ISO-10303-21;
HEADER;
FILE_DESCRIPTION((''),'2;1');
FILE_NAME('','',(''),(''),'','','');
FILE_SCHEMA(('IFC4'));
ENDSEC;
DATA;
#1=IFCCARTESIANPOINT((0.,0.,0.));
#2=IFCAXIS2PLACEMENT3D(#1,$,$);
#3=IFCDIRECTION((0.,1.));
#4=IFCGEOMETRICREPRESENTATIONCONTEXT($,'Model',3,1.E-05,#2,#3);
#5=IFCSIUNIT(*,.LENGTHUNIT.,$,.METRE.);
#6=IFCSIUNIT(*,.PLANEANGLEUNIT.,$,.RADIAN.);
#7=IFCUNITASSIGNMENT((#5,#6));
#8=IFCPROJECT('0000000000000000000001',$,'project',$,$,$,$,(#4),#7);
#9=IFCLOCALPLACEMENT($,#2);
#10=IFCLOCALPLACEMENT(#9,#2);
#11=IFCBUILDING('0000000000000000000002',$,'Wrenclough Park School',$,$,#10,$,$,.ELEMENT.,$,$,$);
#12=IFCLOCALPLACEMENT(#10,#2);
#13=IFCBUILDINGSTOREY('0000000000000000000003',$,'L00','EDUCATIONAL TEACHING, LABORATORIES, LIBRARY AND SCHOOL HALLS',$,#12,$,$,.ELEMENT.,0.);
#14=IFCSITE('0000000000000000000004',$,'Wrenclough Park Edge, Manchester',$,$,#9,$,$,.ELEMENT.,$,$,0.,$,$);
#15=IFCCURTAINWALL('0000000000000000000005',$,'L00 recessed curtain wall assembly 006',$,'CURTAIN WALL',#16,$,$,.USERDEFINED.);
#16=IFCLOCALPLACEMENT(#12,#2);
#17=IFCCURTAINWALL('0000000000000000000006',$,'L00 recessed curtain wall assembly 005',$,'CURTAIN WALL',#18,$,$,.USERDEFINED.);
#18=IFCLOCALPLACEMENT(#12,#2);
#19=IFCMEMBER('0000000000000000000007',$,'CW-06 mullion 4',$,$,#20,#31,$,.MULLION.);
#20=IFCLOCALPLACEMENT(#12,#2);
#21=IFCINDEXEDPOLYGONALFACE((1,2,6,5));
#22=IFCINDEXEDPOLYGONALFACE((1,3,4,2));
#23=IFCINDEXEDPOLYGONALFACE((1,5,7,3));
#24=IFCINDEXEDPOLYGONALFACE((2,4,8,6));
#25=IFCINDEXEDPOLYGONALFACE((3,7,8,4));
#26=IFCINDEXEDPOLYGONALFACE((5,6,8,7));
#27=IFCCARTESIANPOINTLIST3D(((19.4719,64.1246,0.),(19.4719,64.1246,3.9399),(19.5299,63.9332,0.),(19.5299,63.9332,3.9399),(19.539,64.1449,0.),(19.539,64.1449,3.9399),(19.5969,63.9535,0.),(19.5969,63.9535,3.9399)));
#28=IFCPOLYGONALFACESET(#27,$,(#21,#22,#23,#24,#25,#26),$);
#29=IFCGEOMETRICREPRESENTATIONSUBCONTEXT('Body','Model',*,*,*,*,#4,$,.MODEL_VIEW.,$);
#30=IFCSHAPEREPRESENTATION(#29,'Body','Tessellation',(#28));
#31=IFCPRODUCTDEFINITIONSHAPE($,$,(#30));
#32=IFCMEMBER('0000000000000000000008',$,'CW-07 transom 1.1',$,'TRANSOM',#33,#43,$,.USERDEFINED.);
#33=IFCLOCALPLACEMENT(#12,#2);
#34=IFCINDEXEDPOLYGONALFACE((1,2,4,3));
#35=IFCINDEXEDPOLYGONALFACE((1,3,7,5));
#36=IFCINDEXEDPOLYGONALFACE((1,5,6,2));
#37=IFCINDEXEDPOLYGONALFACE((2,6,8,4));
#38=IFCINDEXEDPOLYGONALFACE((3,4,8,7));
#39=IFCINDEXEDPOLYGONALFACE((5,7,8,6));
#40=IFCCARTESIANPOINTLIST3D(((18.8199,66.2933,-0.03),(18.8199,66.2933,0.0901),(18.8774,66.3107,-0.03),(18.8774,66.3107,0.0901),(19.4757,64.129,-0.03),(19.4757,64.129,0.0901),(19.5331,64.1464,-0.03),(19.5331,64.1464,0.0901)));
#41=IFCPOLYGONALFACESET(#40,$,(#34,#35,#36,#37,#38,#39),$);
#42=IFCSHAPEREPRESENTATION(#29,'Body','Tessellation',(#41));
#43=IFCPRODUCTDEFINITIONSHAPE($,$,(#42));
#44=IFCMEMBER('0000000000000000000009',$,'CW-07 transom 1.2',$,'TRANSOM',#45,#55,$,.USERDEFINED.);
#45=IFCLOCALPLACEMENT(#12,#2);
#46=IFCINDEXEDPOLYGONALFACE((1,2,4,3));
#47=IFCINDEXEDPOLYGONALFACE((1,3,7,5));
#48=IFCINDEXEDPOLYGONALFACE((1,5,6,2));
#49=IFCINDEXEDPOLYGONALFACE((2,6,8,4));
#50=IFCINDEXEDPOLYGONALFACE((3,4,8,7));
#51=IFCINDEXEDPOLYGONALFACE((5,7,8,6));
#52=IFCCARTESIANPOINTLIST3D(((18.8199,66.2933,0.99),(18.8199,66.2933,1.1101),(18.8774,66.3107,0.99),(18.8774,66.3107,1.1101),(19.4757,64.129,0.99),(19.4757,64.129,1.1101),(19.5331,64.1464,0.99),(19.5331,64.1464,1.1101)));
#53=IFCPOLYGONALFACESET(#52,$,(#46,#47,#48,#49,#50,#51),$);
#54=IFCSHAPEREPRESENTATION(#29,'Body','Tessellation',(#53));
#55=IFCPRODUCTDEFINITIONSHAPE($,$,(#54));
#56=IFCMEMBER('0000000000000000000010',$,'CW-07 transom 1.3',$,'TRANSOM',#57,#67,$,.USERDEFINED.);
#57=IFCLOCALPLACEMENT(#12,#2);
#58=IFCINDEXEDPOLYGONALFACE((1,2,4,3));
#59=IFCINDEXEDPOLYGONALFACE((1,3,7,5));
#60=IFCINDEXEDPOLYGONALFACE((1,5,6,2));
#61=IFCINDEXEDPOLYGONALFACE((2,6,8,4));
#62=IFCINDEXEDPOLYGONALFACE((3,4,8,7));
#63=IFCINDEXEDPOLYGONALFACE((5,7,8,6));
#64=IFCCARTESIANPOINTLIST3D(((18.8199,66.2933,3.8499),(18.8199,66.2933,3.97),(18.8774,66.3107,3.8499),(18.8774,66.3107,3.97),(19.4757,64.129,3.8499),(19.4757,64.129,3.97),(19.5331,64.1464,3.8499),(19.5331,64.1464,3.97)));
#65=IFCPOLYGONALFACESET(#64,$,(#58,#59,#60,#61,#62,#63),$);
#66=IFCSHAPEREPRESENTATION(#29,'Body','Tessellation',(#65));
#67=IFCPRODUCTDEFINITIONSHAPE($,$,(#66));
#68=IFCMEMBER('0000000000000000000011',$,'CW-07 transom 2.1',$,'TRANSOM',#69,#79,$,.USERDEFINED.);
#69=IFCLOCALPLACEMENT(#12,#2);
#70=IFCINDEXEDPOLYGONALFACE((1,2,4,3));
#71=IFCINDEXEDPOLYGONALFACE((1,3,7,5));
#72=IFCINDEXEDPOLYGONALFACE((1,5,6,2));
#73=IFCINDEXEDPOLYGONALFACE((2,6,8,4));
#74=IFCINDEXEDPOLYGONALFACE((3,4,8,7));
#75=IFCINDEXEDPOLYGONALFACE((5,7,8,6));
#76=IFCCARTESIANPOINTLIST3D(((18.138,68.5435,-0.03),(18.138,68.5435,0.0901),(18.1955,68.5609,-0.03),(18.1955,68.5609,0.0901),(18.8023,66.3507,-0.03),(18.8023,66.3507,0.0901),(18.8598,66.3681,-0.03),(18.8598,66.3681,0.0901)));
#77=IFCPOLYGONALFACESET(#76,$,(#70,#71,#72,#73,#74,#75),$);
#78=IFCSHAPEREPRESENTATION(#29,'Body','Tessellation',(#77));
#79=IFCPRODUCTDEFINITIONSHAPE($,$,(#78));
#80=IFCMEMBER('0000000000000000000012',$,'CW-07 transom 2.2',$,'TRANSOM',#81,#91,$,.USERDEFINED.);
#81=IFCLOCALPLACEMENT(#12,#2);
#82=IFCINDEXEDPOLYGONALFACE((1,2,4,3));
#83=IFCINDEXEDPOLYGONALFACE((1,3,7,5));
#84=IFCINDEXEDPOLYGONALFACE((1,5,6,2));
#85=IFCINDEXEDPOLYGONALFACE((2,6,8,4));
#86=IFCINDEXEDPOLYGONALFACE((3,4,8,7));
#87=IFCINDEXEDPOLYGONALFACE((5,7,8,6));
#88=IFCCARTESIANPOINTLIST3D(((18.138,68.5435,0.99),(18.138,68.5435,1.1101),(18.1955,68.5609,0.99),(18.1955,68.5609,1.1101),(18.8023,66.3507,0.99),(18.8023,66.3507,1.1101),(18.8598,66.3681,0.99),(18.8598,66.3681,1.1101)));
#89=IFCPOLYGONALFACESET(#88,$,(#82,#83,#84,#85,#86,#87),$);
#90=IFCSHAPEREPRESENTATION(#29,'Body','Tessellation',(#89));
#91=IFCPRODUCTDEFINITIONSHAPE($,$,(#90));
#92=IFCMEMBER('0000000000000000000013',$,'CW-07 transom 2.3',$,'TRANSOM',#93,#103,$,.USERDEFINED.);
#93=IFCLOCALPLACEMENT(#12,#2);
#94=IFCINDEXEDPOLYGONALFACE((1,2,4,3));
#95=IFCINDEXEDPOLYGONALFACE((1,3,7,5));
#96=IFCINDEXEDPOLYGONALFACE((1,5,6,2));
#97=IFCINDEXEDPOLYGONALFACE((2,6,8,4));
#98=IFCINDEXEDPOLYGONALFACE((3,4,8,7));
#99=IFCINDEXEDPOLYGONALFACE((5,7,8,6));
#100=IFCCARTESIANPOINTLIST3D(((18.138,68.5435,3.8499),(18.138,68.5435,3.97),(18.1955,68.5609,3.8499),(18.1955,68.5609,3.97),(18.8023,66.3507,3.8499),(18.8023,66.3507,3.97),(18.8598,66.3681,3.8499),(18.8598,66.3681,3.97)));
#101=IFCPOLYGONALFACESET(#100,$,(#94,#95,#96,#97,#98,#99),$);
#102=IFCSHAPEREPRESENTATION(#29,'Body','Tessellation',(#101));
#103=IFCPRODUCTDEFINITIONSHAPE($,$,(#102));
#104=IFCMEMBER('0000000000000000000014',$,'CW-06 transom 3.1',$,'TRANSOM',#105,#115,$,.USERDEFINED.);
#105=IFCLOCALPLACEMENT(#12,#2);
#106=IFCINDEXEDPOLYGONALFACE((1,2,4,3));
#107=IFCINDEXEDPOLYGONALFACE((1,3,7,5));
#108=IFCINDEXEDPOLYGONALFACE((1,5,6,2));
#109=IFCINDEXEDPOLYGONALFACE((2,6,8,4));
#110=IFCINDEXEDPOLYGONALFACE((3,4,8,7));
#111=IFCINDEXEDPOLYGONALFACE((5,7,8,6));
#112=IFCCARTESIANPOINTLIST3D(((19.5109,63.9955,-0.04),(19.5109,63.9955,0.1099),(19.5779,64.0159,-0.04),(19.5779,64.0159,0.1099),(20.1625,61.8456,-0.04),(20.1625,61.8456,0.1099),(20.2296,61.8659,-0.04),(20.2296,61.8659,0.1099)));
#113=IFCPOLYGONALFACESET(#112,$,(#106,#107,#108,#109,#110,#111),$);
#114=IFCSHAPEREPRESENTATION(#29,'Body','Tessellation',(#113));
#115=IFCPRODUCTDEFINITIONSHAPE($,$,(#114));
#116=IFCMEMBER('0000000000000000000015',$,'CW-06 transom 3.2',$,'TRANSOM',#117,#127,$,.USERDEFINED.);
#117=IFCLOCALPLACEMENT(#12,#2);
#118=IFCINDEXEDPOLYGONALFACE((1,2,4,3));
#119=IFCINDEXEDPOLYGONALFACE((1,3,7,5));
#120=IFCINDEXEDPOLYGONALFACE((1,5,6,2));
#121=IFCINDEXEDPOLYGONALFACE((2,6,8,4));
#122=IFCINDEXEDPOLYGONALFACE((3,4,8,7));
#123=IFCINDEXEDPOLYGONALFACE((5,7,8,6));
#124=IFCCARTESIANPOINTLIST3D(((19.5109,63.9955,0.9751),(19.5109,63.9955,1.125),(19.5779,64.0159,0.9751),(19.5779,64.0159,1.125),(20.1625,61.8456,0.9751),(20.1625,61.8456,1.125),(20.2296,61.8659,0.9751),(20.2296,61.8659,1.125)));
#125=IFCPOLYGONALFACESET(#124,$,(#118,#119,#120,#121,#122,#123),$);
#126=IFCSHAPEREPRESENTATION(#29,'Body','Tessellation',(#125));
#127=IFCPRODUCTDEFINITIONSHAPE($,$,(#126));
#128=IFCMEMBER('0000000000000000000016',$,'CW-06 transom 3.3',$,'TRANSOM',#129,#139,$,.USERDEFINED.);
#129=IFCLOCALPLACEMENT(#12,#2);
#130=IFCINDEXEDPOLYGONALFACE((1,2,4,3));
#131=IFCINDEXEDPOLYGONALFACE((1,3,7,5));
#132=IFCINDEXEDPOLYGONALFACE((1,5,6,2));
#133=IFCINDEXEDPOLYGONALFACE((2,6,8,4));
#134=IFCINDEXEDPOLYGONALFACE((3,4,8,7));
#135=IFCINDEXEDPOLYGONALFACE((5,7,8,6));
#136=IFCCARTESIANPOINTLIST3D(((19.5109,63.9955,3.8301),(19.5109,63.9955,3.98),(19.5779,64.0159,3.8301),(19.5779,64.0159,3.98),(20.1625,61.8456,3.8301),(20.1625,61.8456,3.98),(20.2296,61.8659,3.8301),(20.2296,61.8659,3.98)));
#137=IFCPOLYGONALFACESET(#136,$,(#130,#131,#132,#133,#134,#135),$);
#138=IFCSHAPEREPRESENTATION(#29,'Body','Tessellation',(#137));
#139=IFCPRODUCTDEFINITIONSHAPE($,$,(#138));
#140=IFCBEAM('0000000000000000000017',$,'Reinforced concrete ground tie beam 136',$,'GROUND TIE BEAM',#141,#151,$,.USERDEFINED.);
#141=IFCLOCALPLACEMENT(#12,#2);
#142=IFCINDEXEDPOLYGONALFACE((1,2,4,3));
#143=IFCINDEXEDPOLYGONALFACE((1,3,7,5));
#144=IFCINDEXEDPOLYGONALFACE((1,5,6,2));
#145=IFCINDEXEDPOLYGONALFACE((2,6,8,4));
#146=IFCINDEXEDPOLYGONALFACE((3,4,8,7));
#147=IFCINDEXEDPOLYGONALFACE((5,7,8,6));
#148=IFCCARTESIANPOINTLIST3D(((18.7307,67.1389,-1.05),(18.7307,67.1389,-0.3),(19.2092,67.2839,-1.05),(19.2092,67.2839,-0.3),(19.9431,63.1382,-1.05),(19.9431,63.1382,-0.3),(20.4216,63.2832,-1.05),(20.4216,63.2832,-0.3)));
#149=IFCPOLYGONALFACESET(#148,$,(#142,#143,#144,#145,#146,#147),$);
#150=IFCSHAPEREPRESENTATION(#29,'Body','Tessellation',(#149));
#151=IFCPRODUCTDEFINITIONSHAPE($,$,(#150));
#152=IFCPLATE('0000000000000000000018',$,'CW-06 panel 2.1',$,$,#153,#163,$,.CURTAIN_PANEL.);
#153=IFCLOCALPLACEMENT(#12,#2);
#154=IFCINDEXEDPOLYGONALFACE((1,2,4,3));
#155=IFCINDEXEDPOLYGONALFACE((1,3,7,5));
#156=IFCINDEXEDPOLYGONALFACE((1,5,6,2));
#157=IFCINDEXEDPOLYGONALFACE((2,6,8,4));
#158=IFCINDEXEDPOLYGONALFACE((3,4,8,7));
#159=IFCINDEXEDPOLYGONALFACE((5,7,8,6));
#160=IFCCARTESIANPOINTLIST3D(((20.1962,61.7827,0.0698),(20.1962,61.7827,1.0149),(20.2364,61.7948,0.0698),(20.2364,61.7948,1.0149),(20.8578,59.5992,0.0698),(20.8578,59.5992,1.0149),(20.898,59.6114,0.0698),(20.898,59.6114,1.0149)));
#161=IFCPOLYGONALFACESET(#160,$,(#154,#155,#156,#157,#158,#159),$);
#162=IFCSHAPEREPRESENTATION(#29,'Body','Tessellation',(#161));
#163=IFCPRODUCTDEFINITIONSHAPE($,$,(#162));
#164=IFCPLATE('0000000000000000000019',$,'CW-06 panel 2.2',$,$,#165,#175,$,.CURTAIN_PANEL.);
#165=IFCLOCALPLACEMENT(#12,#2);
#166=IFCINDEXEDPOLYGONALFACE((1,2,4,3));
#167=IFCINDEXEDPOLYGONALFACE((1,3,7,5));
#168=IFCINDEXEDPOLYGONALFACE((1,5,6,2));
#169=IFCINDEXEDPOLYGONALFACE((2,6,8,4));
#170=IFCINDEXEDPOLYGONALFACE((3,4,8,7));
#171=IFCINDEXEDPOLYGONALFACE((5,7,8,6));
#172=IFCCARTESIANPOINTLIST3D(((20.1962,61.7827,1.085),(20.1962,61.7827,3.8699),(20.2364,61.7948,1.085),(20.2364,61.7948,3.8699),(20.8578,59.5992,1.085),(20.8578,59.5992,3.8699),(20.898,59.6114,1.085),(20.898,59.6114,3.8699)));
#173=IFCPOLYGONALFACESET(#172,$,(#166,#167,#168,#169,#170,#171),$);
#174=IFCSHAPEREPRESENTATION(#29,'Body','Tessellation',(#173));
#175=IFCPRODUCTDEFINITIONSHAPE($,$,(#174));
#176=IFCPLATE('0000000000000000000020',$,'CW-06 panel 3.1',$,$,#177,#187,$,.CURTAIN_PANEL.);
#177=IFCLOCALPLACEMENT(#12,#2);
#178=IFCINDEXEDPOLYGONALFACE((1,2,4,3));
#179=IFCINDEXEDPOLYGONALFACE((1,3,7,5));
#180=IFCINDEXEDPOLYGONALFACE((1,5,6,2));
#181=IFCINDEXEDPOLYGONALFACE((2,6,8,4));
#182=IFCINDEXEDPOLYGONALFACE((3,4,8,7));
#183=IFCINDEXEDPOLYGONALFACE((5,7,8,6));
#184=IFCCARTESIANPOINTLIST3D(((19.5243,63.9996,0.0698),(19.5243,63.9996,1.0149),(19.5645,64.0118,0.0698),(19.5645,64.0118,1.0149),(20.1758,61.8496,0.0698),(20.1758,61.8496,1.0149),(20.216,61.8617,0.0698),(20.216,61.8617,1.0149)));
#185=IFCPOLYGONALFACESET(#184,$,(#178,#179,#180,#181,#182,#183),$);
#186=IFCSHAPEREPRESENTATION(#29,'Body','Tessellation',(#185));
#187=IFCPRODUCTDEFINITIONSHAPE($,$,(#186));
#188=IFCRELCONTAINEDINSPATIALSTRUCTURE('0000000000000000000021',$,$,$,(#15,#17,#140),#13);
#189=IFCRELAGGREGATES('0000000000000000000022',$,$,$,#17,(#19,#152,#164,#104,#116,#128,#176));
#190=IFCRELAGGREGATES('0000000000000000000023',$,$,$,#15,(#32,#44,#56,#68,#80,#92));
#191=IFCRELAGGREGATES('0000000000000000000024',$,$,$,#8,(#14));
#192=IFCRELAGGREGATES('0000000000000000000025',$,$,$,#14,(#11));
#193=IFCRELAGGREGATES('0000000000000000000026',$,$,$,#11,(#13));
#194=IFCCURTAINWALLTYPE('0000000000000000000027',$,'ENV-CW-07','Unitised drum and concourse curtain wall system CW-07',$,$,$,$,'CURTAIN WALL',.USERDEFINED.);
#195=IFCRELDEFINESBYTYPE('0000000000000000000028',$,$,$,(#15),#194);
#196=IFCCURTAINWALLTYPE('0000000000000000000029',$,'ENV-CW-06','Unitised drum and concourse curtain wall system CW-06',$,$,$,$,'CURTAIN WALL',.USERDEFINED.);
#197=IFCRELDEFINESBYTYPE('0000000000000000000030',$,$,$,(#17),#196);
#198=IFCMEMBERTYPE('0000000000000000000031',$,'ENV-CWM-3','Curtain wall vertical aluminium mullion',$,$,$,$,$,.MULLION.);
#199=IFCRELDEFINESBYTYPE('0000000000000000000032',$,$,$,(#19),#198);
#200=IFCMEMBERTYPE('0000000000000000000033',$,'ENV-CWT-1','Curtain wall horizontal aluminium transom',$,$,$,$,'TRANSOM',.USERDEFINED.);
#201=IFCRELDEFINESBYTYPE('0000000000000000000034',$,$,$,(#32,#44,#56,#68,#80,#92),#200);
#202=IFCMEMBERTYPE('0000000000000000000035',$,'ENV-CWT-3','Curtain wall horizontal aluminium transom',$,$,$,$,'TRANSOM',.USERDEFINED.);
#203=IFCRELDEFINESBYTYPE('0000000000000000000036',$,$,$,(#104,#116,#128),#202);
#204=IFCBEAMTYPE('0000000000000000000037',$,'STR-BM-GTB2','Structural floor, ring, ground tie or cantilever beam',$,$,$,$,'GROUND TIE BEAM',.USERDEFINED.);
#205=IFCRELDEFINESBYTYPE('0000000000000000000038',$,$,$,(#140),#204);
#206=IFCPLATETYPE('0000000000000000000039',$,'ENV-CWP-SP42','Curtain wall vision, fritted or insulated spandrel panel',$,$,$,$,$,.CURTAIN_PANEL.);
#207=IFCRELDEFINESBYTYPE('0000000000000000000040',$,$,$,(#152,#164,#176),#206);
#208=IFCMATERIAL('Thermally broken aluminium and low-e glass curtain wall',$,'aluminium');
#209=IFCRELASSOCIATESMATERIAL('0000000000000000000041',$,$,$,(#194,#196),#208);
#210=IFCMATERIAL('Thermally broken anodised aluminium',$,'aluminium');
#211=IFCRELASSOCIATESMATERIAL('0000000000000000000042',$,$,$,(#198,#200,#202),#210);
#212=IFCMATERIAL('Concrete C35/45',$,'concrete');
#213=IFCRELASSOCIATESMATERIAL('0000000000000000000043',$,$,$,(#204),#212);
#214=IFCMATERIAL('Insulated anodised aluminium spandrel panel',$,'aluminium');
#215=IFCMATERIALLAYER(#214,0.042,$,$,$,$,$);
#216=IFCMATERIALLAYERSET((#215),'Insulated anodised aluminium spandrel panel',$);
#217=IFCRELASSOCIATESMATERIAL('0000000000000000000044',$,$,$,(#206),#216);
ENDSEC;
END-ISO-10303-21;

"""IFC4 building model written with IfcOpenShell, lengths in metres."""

from ifc_helpers import new_model, si_unit, direction, frame, origin, origin_2d, place, context, subcontext, project, spatial, rectangle, extrude, material, layer, layer_set, material_profile, profile_set, type_object, element, aggregate, save


model = new_model("IFC4")

# Units and contexts
model_context = context("Model", 3, precision=1e-05, world=origin(), true_north=direction((0.0, 1.0)))
body_context = subcontext(model_context, "Body", "Model", "MODEL_VIEW")
ifc_project = project(units=[si_unit("LENGTHUNIT", "METRE"), si_unit("PLANEANGLEUNIT", "RADIAN")], contexts=[model_context])

# Site, building, storey
site_placement = place(None, origin())
site = spatial("IfcSite", under=ifc_project, at=site_placement, Name="Wrenclough Park Edge, Manchester", CompositionType="ELEMENT", RefElevation=0.0)
building_placement = place(site_placement, origin())
building = spatial("IfcBuilding", under=site, at=building_placement, Name="Wrenclough Park School", CompositionType="ELEMENT")
storey_placement = place(building_placement, origin())
storey = spatial("IfcBuildingStorey", under=building, at=storey_placement, Name="L00", Description="EDUCATIONAL TEACHING, LABORATORIES, LIBRARY AND SCHOOL HALLS", CompositionType="ELEMENT", Elevation=0.0)

# Shared definitions
ifc_material_1 = material(Name="Concrete C35/45", Category="concrete")

# Curtain walls, member
ifc_material_2 = material(Name="Thermally broken aluminium and low-e glass curtain wall", Category="aluminium")
curtain_wall_type_1 = type_object("IfcCurtainWallType", Name="ENV-CW-07", Description="Unitised drum and concourse curtain wall system CW-07", ElementType="CURTAIN WALL", PredefinedType="USERDEFINED", material=ifc_material_2)
curtain_wall_1_placement = place(storey_placement, origin())
curtain_wall_1 = element("IfcCurtainWall", 1, at=curtain_wall_1_placement, inside=storey, type_object=curtain_wall_type_1, Name="L00 recessed curtain wall assembly 006", ObjectType="CURTAIN WALL", PredefinedType="USERDEFINED")
ifc_material_3 = material(Name="Thermally broken anodised aluminium", Category="aluminium")
curtain_wall_type_2 = type_object("IfcCurtainWallType", Name="ENV-CW-06", Description="Unitised drum and concourse curtain wall system CW-06", ElementType="CURTAIN WALL", PredefinedType="USERDEFINED", material=ifc_material_2)
curtain_wall_2_placement = place(storey_placement, origin())
curtain_wall_2 = element("IfcCurtainWall", 2, at=curtain_wall_2_placement, inside=storey, type_object=curtain_wall_type_2, Name="L00 recessed curtain wall assembly 005", ObjectType="CURTAIN WALL", PredefinedType="USERDEFINED")
ifc_material_profile_1 = material_profile(ifc_material_3, rectangle(XDim=0.0701, YDim=0.2, at=origin_2d()), Name="AL MULLION 70x200")
ifc_profile_set_1 = profile_set([ifc_material_profile_1], Name="Thermally broken anodised aluminium")
member_type_1 = type_object("IfcMemberType", Name="ENV-CWM-3", Description="Curtain wall vertical aluminium mullion", PredefinedType="MULLION", material=ifc_profile_set_1)
member_1_placement = place(storey_placement, frame((19.5344, 64.0391, 0.0), z_axis=(0.0, 0.0, 1.0), x_axis=(-0.95703, -0.289988, 0.0)))
member_1 = element("IfcMember", 3, at=member_1_placement, type_object=member_type_1, Name="CW-06 mullion 4", PredefinedType="MULLION", context=body_context, shape_type="SweptSolid", body=[
    extrude(rectangle(XDim=0.0701, YDim=0.2, at=origin_2d()), origin(), (0.0, 0.0, 1.0), 3.9399),
])

# Members
ifc_material_profile_2 = material_profile(ifc_material_3, rectangle(XDim=0.0601, YDim=0.1201, at=origin_2d()), Name="AL TRANSOM 60x120")
ifc_profile_set_2 = profile_set([ifc_material_profile_2], Name="Thermally broken anodised aluminium")
member_type_2 = type_object("IfcMemberType", Name="ENV-CWT-1", Description="Curtain wall horizontal aluminium transom", ElementType="TRANSOM", PredefinedType="USERDEFINED", material=ifc_profile_set_2)
member_2_placement = place(storey_placement, frame((19.5044, 64.1377, 0.03), z_axis=(-0.289971, 0.957035, 0.0), x_axis=(-0.957035, -0.289971, 0.0)))
member_2 = element("IfcMember", 4, at=member_2_placement, type_object=member_type_2, Name="CW-07 transom 1.1", ObjectType="TRANSOM", PredefinedType="USERDEFINED", context=body_context, shape_type="SweptSolid", body=[
    extrude(rectangle(XDim=0.0601, YDim=0.1201, at=origin_2d()), origin(), (0.0, 0.0, 1.0), 2.2615),
])
member_3_placement = place(storey_placement, frame((19.5044, 64.1377, 1.05), z_axis=(-0.289971, 0.957035, 0.0), x_axis=(-0.957035, -0.289971, 0.0)))
member_3 = element("IfcMember", 5, at=member_3_placement, type_object=member_type_2, Name="CW-07 transom 1.2", ObjectType="TRANSOM", PredefinedType="USERDEFINED", context=body_context, shape_type="SweptSolid", body=[
    extrude(rectangle(XDim=0.0601, YDim=0.1201, at=origin_2d()), origin(), (0.0, 0.0, 1.0), 2.2615),
])
member_4_placement = place(storey_placement, frame((19.5044, 64.1377, 3.9099), z_axis=(-0.289971, 0.957035, 0.0), x_axis=(-0.957035, -0.289971, 0.0)))
member_4 = element("IfcMember", 6, at=member_4_placement, type_object=member_type_2, Name="CW-07 transom 1.3", ObjectType="TRANSOM", PredefinedType="USERDEFINED", context=body_context, shape_type="SweptSolid", body=[
    extrude(rectangle(XDim=0.0601, YDim=0.1201, at=origin_2d()), origin(), (0.0, 0.0, 1.0), 2.2615),
])
member_5_placement = place(storey_placement, frame((18.8311, 66.3594, 0.03), z_axis=(-0.289928, 0.957049, 0.0), x_axis=(-0.957049, -0.289928, 0.0)))
member_5 = element("IfcMember", 7, at=member_5_placement, type_object=member_type_2, Name="CW-07 transom 2.1", ObjectType="TRANSOM", PredefinedType="USERDEFINED", context=body_context, shape_type="SweptSolid", body=[
    extrude(rectangle(XDim=0.0601, YDim=0.1201, at=origin_2d()), origin(), (0.0, 0.0, 1.0), 2.2913),
])
member_6_placement = place(storey_placement, frame((18.8311, 66.3594, 1.05), z_axis=(-0.289928, 0.957049, 0.0), x_axis=(-0.957049, -0.289928, 0.0)))
member_6 = element("IfcMember", 8, at=member_6_placement, type_object=member_type_2, Name="CW-07 transom 2.2", ObjectType="TRANSOM", PredefinedType="USERDEFINED", context=body_context, shape_type="SweptSolid", body=[
    extrude(rectangle(XDim=0.0601, YDim=0.1201, at=origin_2d()), origin(), (0.0, 0.0, 1.0), 2.2913),
])
member_7_placement = place(storey_placement, frame((18.8311, 66.3594, 3.9099), z_axis=(-0.289928, 0.957049, 0.0), x_axis=(-0.957049, -0.289928, 0.0)))
member_7 = element("IfcMember", 9, at=member_7_placement, type_object=member_type_2, Name="CW-07 transom 2.3", ObjectType="TRANSOM", PredefinedType="USERDEFINED", context=body_context, shape_type="SweptSolid", body=[
    extrude(rectangle(XDim=0.0601, YDim=0.1201, at=origin_2d()), origin(), (0.0, 0.0, 1.0), 2.2913),
])
ifc_material_profile_3 = material_profile(ifc_material_3, rectangle(XDim=0.0701, YDim=0.1499, at=origin_2d()), Name="AL TRANSOM 70x150")
ifc_profile_set_3 = profile_set([ifc_material_profile_3], Name="Thermally broken anodised aluminium")
member_type_3 = type_object("IfcMemberType", Name="ENV-CWT-3", Description="Curtain wall horizontal aluminium transom", ElementType="TRANSOM", PredefinedType="USERDEFINED", material=ifc_profile_set_3)
member_8_placement = place(storey_placement, frame((20.196, 61.8557, 0.0349), z_axis=(-0.290059, 0.957009, 0.0), x_axis=(-0.957009, -0.290059, 0.0)))
member_8 = element("IfcMember", 10, at=member_8_placement, type_object=member_type_3, Name="CW-06 transom 3.1", ObjectType="TRANSOM", PredefinedType="USERDEFINED", context=body_context, shape_type="SweptSolid", body=[
    extrude(rectangle(XDim=0.0701, YDim=0.1499, at=origin_2d()), origin(), (0.0, 0.0, 1.0), 2.2466),
])
member_9_placement = place(storey_placement, frame((20.196, 61.8557, 1.05), z_axis=(-0.290059, 0.957009, 0.0), x_axis=(-0.957009, -0.290059, 0.0)))
member_9 = element("IfcMember", 11, at=member_9_placement, type_object=member_type_3, Name="CW-06 transom 3.2", ObjectType="TRANSOM", PredefinedType="USERDEFINED", context=body_context, shape_type="SweptSolid", body=[
    extrude(rectangle(XDim=0.0701, YDim=0.1499, at=origin_2d()), origin(), (0.0, 0.0, 1.0), 2.2466),
])
member_10_placement = place(storey_placement, frame((20.196, 61.8557, 3.905), z_axis=(-0.290059, 0.957009, 0.0), x_axis=(-0.957009, -0.290059, 0.0)))
member_10 = element("IfcMember", 12, at=member_10_placement, type_object=member_type_3, Name="CW-06 transom 3.3", ObjectType="TRANSOM", PredefinedType="USERDEFINED", context=body_context, shape_type="SweptSolid", body=[
    extrude(rectangle(XDim=0.0701, YDim=0.1499, at=origin_2d()), origin(), (0.0, 0.0, 1.0), 2.2466),
])

# Beam
ifc_material_profile_4 = material_profile(ifc_material_1, rectangle(XDim=0.5, YDim=0.75, at=origin_2d()), Name="RC GROUND 500x750")
ifc_profile_set_4 = profile_set([ifc_material_profile_4], Name="Concrete C35/45")
beam_type = type_object("IfcBeamType", Name="STR-BM-GTB2", Description="Structural floor, ring, ground tie or cantilever beam", ElementType="GROUND TIE BEAM", PredefinedType="USERDEFINED", material=ifc_profile_set_4)
beam_placement = place(storey_placement, frame((20.1824, 63.2107, -0.675), z_axis=(-0.29002, 0.95702, 0.0), x_axis=(-0.95702, -0.29002, 0.0)))
element("IfcBeam", 13, at=beam_placement, inside=storey, type_object=beam_type, Name="Reinforced concrete ground tie beam 136", ObjectType="GROUND TIE BEAM", PredefinedType="USERDEFINED", context=body_context, shape_type="SweptSolid", body=[
    extrude(rectangle(XDim=0.5, YDim=0.75, at=origin_2d()), origin(), (0.0, 0.0, 1.0), 4.1804),
])

# Plates
ifc_material_4 = material(Name="Insulated anodised aluminium spandrel panel", Category="aluminium")
ifc_layer_1 = layer(ifc_material_4, 0.042)
ifc_layer_set_1 = layer_set([ifc_layer_1], Name="Insulated anodised aluminium spandrel panel")
plate_type_1 = type_object("IfcPlateType", Name="ENV-CWP-SP42", Description="Curtain wall vision, fritted or insulated spandrel panel", PredefinedType="CURTAIN_PANEL", material=ifc_layer_set_1)
plate_1_placement = place(storey_placement, frame((20.5471, 60.697, 0.0698), z_axis=(0.0, 0.0, 1.0), x_axis=(-0.289988, 0.95703, 0.0)))
plate_1 = element("IfcPlate", 14, at=plate_1_placement, type_object=plate_type_1, Name="CW-06 panel 2.1", PredefinedType="CURTAIN_PANEL", context=body_context, shape_type="SweptSolid", body=[
    extrude(rectangle(XDim=2.2815, YDim=0.042, at=origin_2d()), origin(), (0.0, 0.0, 1.0), 0.9451),
])
plate_2_placement = place(storey_placement, frame((20.5471, 60.697, 1.085), z_axis=(0.0, 0.0, 1.0), x_axis=(-0.289988, 0.95703, 0.0)))
plate_2 = element("IfcPlate", 15, at=plate_2_placement, type_object=plate_type_1, Name="CW-06 panel 2.2", PredefinedType="CURTAIN_PANEL", context=body_context, shape_type="SweptSolid", body=[
    extrude(rectangle(XDim=2.2815, YDim=0.042, at=origin_2d()), origin(), (0.0, 0.0, 1.0), 2.7849),
])
plate_3_placement = place(storey_placement, frame((19.8701, 62.9307, 0.0698), z_axis=(0.0, 0.0, 1.0), x_axis=(-0.289988, 0.95703, 0.0)))
plate_3 = element("IfcPlate", 16, at=plate_3_placement, type_object=plate_type_1, Name="CW-06 panel 3.1", PredefinedType="CURTAIN_PANEL", context=body_context, shape_type="SweptSolid", body=[
    extrude(rectangle(XDim=2.2466, YDim=0.042, at=origin_2d()), origin(), (0.0, 0.0, 1.0), 0.9451),
])
aggregate(curtain_wall_2, [member_1, plate_1, plate_2, member_8, member_9, member_10, plate_3])
aggregate(curtain_wall_1, [member_2, member_3, member_4, member_5, member_6, member_7])

save(model, "model.ifc")
